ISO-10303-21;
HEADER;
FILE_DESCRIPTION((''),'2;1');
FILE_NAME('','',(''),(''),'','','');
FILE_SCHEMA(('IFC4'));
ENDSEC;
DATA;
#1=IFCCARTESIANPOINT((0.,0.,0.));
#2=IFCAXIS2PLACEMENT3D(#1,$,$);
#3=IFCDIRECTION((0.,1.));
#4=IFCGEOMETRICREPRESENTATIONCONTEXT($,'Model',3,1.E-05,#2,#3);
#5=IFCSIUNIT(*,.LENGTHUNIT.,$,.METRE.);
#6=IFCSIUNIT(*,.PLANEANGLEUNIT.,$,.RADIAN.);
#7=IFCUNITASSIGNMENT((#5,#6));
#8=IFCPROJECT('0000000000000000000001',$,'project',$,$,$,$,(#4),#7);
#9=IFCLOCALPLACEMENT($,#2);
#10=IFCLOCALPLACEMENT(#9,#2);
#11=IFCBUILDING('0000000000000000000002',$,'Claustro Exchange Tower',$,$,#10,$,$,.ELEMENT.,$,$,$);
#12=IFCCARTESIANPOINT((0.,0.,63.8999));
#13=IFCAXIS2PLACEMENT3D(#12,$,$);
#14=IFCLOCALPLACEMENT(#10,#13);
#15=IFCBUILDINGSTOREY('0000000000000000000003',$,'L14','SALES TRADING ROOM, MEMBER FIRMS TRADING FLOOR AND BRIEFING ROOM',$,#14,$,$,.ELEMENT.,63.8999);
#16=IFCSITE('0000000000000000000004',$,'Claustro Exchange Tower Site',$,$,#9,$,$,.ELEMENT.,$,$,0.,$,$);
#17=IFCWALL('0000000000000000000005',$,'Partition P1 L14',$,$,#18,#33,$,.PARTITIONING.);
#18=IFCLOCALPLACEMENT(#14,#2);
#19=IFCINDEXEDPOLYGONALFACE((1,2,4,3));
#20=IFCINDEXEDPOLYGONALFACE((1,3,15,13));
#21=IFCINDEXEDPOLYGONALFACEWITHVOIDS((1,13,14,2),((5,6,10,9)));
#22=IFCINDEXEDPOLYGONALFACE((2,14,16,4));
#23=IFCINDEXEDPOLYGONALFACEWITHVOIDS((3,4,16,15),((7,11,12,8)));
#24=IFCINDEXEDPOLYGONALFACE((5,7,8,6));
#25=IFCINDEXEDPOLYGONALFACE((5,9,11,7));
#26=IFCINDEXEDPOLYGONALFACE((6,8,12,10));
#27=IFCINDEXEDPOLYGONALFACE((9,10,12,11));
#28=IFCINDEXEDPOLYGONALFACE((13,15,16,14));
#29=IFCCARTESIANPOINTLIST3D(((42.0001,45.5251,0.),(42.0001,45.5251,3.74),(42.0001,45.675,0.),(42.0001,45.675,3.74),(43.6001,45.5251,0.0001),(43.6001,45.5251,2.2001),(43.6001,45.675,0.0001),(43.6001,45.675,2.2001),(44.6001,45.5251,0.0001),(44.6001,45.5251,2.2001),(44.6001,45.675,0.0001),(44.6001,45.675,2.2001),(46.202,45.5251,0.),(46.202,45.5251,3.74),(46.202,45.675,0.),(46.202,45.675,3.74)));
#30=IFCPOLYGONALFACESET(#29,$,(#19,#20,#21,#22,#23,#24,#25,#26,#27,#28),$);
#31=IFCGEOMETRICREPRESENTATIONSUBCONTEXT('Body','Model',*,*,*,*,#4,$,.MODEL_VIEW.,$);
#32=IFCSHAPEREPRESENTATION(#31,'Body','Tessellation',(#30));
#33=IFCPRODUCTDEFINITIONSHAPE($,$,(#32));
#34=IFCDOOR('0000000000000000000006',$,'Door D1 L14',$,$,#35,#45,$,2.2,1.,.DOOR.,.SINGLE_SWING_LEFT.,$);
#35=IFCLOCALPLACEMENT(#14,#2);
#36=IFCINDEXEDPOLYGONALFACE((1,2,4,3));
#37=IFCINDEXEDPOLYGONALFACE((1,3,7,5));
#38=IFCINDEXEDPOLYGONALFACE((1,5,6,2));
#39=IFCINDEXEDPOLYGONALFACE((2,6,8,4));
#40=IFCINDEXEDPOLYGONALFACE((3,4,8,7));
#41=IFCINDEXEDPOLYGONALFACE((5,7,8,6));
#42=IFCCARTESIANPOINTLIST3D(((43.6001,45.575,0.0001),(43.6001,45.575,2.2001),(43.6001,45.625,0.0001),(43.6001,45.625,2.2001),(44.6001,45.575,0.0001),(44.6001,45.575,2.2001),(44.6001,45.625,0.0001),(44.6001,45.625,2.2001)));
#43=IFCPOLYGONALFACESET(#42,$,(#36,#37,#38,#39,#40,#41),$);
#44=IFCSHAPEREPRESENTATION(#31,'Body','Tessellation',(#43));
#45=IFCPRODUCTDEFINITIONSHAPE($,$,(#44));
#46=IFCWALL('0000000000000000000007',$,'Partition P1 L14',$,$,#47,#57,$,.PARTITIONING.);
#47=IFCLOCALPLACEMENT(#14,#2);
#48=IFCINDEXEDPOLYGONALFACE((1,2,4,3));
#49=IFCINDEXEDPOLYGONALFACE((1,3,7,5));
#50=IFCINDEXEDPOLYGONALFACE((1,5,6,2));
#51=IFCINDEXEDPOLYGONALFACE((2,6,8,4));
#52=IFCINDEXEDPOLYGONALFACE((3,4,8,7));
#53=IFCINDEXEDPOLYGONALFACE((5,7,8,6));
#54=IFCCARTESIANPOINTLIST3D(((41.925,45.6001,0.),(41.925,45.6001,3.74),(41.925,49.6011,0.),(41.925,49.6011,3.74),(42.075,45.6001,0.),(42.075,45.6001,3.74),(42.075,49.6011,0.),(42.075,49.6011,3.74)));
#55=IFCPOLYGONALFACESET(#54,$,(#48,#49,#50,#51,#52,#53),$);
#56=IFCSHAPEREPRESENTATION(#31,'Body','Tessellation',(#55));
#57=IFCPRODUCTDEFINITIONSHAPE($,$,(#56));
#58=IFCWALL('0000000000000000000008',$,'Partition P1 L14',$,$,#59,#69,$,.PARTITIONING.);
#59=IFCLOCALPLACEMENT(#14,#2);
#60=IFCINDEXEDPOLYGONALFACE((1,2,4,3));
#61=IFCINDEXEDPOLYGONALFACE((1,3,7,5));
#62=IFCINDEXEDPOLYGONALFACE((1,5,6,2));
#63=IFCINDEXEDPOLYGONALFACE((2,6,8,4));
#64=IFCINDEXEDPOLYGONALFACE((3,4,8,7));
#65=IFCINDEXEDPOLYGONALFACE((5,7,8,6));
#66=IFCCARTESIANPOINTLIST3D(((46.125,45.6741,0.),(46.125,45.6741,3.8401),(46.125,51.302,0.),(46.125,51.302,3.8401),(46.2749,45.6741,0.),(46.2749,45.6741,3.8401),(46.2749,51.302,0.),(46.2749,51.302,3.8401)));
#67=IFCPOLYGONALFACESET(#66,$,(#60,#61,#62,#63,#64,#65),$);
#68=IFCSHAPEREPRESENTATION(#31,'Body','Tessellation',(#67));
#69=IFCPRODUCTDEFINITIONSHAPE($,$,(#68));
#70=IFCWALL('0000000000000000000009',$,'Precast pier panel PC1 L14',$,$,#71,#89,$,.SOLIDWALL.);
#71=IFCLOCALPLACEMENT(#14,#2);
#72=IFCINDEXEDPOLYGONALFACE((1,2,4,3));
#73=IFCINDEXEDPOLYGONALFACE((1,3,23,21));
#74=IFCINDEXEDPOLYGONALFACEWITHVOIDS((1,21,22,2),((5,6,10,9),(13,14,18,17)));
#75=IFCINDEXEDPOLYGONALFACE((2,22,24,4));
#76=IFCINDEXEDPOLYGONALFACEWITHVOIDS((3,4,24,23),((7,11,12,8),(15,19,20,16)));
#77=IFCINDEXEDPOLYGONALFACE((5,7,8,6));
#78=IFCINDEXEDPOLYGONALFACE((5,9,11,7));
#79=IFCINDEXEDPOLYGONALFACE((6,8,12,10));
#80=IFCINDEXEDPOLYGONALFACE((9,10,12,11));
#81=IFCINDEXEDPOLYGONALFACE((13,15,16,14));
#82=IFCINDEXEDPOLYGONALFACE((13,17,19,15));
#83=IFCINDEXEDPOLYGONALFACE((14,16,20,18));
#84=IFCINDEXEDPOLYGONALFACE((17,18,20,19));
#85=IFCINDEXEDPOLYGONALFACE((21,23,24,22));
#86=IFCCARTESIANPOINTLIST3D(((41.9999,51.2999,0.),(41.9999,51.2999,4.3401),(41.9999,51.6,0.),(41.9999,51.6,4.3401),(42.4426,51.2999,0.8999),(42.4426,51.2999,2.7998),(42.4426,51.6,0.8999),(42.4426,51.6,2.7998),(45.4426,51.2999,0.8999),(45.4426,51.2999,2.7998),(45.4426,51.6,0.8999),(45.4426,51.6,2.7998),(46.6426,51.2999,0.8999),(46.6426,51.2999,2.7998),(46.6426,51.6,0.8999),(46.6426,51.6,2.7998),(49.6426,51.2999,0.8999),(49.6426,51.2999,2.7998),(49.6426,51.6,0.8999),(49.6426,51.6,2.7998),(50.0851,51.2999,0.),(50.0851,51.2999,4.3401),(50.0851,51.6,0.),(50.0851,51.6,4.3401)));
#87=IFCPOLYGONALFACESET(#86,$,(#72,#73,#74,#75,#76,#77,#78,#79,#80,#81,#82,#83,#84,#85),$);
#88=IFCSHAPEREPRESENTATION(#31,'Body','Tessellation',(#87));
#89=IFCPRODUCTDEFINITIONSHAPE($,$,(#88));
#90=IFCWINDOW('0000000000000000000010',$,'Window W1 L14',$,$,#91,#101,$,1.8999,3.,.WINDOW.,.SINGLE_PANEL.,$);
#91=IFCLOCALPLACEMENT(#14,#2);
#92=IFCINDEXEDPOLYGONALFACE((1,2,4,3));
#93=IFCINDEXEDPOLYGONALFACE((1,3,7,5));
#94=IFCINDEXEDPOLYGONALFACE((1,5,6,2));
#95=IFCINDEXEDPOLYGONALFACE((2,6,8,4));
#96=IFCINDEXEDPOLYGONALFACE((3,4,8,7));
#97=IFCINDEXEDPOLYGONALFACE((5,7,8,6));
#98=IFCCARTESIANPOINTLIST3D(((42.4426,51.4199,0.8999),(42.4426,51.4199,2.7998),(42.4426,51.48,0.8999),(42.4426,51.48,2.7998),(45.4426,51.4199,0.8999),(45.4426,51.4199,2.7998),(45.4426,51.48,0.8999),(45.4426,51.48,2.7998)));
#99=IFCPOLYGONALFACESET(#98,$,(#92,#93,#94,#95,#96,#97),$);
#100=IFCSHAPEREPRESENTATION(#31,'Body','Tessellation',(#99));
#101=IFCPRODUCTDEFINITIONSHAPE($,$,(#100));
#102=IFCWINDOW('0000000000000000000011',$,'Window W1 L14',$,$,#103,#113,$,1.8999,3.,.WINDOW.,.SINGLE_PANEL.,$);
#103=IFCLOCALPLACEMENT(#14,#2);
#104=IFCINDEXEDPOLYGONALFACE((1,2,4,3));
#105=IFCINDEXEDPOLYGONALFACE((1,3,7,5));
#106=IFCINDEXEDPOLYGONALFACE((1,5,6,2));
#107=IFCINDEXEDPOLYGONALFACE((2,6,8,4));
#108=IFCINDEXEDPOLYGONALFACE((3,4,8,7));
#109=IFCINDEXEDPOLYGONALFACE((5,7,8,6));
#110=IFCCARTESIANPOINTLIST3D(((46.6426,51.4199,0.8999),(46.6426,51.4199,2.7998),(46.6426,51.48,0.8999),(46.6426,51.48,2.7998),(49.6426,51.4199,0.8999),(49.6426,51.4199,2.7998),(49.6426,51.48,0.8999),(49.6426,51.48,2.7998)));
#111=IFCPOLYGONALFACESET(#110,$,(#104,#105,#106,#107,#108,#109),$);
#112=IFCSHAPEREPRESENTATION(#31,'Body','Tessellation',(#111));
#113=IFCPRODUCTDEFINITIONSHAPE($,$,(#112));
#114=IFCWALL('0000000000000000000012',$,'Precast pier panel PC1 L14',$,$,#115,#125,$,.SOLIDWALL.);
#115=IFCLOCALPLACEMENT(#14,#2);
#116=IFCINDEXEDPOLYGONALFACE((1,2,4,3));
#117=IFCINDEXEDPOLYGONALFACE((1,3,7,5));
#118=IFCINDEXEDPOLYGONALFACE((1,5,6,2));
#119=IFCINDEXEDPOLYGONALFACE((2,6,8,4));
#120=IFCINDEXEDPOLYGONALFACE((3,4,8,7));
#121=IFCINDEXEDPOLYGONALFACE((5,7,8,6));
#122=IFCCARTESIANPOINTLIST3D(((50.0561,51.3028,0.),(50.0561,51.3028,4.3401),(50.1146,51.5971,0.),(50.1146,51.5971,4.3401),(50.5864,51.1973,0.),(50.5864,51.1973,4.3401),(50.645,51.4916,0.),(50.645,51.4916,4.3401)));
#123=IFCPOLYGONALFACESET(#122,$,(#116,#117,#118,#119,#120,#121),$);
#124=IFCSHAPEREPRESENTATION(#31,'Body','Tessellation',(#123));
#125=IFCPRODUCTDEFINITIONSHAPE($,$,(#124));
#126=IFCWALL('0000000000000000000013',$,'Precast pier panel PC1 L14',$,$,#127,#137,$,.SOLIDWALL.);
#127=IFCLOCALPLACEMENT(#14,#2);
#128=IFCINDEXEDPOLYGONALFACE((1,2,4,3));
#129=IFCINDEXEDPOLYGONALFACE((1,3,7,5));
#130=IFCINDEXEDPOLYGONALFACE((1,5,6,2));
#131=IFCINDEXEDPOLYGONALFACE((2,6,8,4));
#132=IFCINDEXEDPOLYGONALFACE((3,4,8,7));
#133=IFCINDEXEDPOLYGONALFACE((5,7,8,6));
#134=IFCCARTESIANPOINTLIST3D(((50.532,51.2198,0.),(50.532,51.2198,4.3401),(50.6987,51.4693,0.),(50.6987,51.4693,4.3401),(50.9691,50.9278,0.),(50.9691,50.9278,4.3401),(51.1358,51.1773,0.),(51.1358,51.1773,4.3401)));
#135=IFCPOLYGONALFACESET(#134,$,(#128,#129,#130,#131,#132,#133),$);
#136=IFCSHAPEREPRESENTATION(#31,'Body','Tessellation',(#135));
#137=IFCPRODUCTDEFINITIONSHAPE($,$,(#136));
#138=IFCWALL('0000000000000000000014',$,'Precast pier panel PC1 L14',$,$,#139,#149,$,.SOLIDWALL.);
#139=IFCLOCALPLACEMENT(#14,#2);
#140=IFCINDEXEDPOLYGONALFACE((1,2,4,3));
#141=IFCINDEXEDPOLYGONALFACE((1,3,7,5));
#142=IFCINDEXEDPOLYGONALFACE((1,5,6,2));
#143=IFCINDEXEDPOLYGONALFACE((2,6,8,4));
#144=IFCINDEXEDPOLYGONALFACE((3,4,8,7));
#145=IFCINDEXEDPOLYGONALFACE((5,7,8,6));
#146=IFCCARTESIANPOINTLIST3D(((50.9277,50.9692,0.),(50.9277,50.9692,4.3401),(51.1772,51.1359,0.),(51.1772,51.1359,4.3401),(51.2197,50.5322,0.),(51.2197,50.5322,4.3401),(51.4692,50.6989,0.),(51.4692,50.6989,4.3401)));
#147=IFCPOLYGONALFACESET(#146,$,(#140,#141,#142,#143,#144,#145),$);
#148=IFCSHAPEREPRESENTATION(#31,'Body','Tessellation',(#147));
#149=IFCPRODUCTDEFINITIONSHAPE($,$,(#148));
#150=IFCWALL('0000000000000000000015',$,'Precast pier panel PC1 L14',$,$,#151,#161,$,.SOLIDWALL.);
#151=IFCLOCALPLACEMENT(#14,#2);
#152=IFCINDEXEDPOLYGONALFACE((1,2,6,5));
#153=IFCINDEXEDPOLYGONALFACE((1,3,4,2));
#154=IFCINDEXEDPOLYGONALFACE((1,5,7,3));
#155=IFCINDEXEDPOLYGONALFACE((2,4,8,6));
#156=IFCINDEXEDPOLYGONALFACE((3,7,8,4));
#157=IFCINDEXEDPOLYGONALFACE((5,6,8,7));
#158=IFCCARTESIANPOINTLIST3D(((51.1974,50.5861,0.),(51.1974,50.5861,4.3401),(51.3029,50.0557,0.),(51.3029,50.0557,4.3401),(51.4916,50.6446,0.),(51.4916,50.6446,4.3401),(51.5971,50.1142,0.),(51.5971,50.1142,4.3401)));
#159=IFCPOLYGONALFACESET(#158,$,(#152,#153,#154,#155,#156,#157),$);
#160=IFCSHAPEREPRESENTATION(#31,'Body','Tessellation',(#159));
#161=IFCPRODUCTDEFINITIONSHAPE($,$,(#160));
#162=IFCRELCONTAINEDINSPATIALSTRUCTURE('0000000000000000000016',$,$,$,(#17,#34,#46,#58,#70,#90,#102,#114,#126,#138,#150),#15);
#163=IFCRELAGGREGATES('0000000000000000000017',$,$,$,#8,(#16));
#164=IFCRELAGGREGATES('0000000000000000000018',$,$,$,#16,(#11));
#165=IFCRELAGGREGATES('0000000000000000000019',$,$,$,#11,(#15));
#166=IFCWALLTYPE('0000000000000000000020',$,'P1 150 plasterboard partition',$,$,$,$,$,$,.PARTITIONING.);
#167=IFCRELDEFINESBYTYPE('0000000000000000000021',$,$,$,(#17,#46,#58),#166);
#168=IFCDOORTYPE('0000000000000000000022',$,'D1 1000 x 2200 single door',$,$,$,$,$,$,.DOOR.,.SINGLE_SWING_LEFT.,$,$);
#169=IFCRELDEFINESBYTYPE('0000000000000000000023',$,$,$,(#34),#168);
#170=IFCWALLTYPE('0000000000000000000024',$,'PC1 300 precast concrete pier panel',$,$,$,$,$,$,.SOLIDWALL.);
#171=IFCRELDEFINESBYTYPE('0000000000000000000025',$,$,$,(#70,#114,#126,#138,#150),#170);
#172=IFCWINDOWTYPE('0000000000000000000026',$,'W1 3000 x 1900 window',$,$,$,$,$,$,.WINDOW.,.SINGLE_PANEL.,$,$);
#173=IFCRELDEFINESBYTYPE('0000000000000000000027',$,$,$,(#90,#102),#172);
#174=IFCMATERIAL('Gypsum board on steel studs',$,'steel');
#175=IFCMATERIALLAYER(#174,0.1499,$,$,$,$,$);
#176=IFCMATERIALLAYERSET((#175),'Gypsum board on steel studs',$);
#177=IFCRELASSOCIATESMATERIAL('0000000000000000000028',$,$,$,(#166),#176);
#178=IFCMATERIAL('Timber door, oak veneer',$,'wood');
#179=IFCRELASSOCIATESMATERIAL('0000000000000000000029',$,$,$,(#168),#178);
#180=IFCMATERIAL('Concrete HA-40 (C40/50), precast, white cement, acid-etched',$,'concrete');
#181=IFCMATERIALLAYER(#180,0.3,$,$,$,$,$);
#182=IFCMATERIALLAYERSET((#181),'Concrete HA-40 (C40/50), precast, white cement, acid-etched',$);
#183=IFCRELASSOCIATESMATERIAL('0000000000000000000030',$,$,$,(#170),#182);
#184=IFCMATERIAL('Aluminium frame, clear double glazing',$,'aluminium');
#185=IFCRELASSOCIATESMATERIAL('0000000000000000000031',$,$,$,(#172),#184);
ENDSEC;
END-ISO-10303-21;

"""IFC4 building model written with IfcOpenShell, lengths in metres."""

from ifc_helpers import new_model, si_unit, direction, frame, frame_2d, origin, place, context, subcontext, project, spatial, rectangle, extrude, material, layer, layer_set, type_object, element, fill, save


model = new_model("IFC4")

# Units and contexts
model_context = context("Model", 3, precision=1e-05, world=origin(), true_north=direction((0.0, 1.0)))
body_context = subcontext(model_context, "Body", "Model", "MODEL_VIEW")
ifc_project = project(units=[si_unit("LENGTHUNIT", "METRE"), si_unit("PLANEANGLEUNIT", "RADIAN")], contexts=[model_context])

# Site, building, storey
site_placement = place(None, origin())
site = spatial("IfcSite", under=ifc_project, at=site_placement, Name="Claustro Exchange Tower Site", CompositionType="ELEMENT", RefElevation=0.0)
building_placement = place(site_placement, origin())
building = spatial("IfcBuilding", under=site, at=building_placement, Name="Claustro Exchange Tower", CompositionType="ELEMENT")
storey_placement = place(building_placement, frame((0.0, 0.0, 63.8999)))
storey = spatial("IfcBuildingStorey", under=building, at=storey_placement, Name="L14", Description="SALES TRADING ROOM, MEMBER FIRMS TRADING FLOOR AND BRIEFING ROOM", CompositionType="ELEMENT", Elevation=63.8999)

# Wall, opening, door
ifc_material_1 = material(Name="Gypsum board on steel studs", Category="steel")
ifc_layer_1 = layer(ifc_material_1, 0.1499)
ifc_layer_set_1 = layer_set([ifc_layer_1], Name="Gypsum board on steel studs")
wall_type_1 = type_object("IfcWallType", Name="P1 150 plasterboard partition", PredefinedType="PARTITIONING", material=ifc_layer_set_1)
ifc_material_2 = material(Name="Timber door, oak veneer", Category="wood")
door_type = type_object("IfcDoorType", Name="D1 1000 x 2200 single door", OperationType="SINGLE_SWING_LEFT", PredefinedType="DOOR", material=ifc_material_2)
wall_1_placement = place(storey_placement, frame((42.0, 45.6001, 0.0), z_axis=(0.0, 0.0, 1.0), x_axis=(1.0, 0.0, 0.0)))
wall_1 = element("IfcWall", 1, at=wall_1_placement, inside=storey, type_object=wall_type_1, Name="Partition P1 L14", PredefinedType="PARTITIONING", context=body_context, shape_type="SweptSolid", body=[
    extrude(rectangle(XDim=4.2019, YDim=0.1499, at=frame_2d((2.1011, 0.0))), origin(), (0.0, 0.0, 1.0), 3.74),
])
opening_1_placement = place(wall_1_placement, frame((1.6001, 0.0, 0.0)))
opening_1 = element("IfcOpeningElement", 2, at=opening_1_placement, cuts=wall_1, PredefinedType="OPENING", context=body_context, shape_type="SweptSolid", body=[
    extrude(rectangle(XDim=1.0, YDim=2.2, at=frame_2d((0.5, 1.1001))), frame((0.0, 0.085, 0.0), z_axis=(0.0, -1.0, 0.0), x_axis=(1.0, 0.0, 0.0)), (0.0, 0.0, 1.0), 0.1699),
])
door_1_placement = place(opening_1_placement, origin())
door_1 = element("IfcDoor", 3, at=door_1_placement, inside=storey, type_object=door_type, Name="Door D1 L14", OperationType="SINGLE_SWING_LEFT", OverallHeight=2.2, OverallWidth=1.0, PredefinedType="DOOR", context=body_context, shape_type="SweptSolid", body=[
    extrude(rectangle(XDim=1.0, YDim=2.2, at=frame_2d((0.5, 1.1001))), frame((0.0, 0.0249, 0.0), z_axis=(0.0, -1.0, 0.0), x_axis=(1.0, 0.0, 0.0)), (0.0, 0.0, 1.0), 0.05),
])
fill(opening_1, door_1)

# Walls
wall_2_placement = place(storey_placement, frame((42.0, 45.6001, 0.0), z_axis=(0.0, 0.0, 1.0), x_axis=(0.0, 1.0, 0.0)))
element("IfcWall", 4, at=wall_2_placement, inside=storey, type_object=wall_type_1, Name="Partition P1 L14", PredefinedType="PARTITIONING", context=body_context, shape_type="SweptSolid", body=[
    extrude(rectangle(XDim=4.001, YDim=0.1499, at=frame_2d((2.0005, 0.0))), origin(), (0.0, 0.0, 1.0), 3.74),
])
wall_3_placement = place(storey_placement, frame((46.2, 45.6741, 0.0), z_axis=(0.0, 0.0, 1.0), x_axis=(0.0, 1.0, 0.0)))
element("IfcWall", 5, at=wall_3_placement, inside=storey, type_object=wall_type_1, Name="Partition P1 L14", PredefinedType="PARTITIONING", context=body_context, shape_type="SweptSolid", body=[
    extrude(rectangle(XDim=5.6279, YDim=0.1499, at=frame_2d((2.814, 0.0))), origin(), (0.0, 0.0, 1.0), 3.8401),
])

# Wall, openings, windows
ifc_material_3 = material(Name="Concrete HA-40 (C40/50), precast, white cement, acid-etched", Category="concrete")
ifc_layer_2 = layer(ifc_material_3, 0.3)
ifc_layer_set_2 = layer_set([ifc_layer_2], Name="Concrete HA-40 (C40/50), precast, white cement, acid-etched")
wall_type_2 = type_object("IfcWallType", Name="PC1 300 precast concrete pier panel", PredefinedType="SOLIDWALL", material=ifc_layer_set_2)
wall_4_placement = place(storey_placement, frame((42.0, 51.45, 0.0), z_axis=(0.0, 0.0, 1.0), x_axis=(1.0, 0.0, 0.0)))
wall_4 = element("IfcWall", 6, at=wall_4_placement, inside=storey, type_object=wall_type_2, Name="Precast pier panel PC1 L14", PredefinedType="SOLIDWALL", context=body_context, shape_type="SweptSolid", body=[
    extrude(rectangle(XDim=8.0852, YDim=0.3, at=frame_2d((4.0425, 0.0))), origin(), (0.0, 0.0, 1.0), 4.3401),
])
opening_2_placement = place(wall_4_placement, frame((0.4426, 0.0, 0.8999)))
opening_2 = element("IfcOpeningElement", 7, at=opening_2_placement, cuts=wall_4, PredefinedType="OPENING", context=body_context, shape_type="SweptSolid", body=[
    extrude(rectangle(XDim=3.0, YDim=1.8999, at=frame_2d((1.5, 0.95))), frame((0.0, 0.1599, 0.0), z_axis=(0.0, -1.0, 0.0), x_axis=(1.0, 0.0, 0.0)), (0.0, 0.0, 1.0), 0.3201),
])
opening_3_placement = place(wall_4_placement, frame((4.6426, 0.0, 0.8999)))
opening_3 = element("IfcOpeningElement", 8, at=opening_3_placement, cuts=wall_4, PredefinedType="OPENING", context=body_context, shape_type="SweptSolid", body=[
    extrude(rectangle(XDim=3.0, YDim=1.8999, at=frame_2d((1.5, 0.95))), frame((0.0, 0.1599, 0.0), z_axis=(0.0, -1.0, 0.0), x_axis=(1.0, 0.0, 0.0)), (0.0, 0.0, 1.0), 0.3201),
])
ifc_material_4 = material(Name="Aluminium frame, clear double glazing", Category="aluminium")
window_type_1 = type_object("IfcWindowType", Name="W1 3000 x 1900 window", PartitioningType="SINGLE_PANEL", PredefinedType="WINDOW", material=ifc_material_4)
window_1_placement = place(opening_2_placement, origin())
window_1 = element("IfcWindow", 9, at=window_1_placement, inside=storey, type_object=window_type_1, Name="Window W1 L14", OverallHeight=1.8999, OverallWidth=3.0, PartitioningType="SINGLE_PANEL", PredefinedType="WINDOW", context=body_context, shape_type="SweptSolid", body=[
    extrude(rectangle(XDim=3.0, YDim=1.8999, at=frame_2d((1.5, 0.95))), frame((0.0, 0.03, 0.0), z_axis=(0.0, -1.0, 0.0), x_axis=(1.0, 0.0, 0.0)), (0.0, 0.0, 1.0), 0.0601),
])
fill(opening_2, window_1)
window_2_placement = place(opening_3_placement, origin())
window_2 = element("IfcWindow", 10, at=window_2_placement, inside=storey, type_object=window_type_1, Name="Window W1 L14", OverallHeight=1.8999, OverallWidth=3.0, PartitioningType="SINGLE_PANEL", PredefinedType="WINDOW", context=body_context, shape_type="SweptSolid", body=[
    extrude(rectangle(XDim=3.0, YDim=1.8999, at=frame_2d((1.5, 0.95))), frame((0.0, 0.03, 0.0), z_axis=(0.0, -1.0, 0.0), x_axis=(1.0, 0.0, 0.0)), (0.0, 0.0, 1.0), 0.0601),
])
fill(opening_3, window_2)

# Walls
wall_5_placement = place(storey_placement, frame((50.0852, 51.45, 0.0), z_axis=(0.0, 0.0, 1.0), x_axis=(0.980789, -0.195074, 0.0)))
element("IfcWall", 11, at=wall_5_placement, inside=storey, type_object=wall_type_2, Name="Precast pier panel PC1 L14", PredefinedType="SOLIDWALL", context=body_context, shape_type="SweptSolid", body=[
    extrude(rectangle(XDim=0.5408, YDim=0.3, at=frame_2d((0.2705, 0.0))), origin(), (0.0, 0.0, 1.0), 4.3401),
])
for number, where, z_axis, x_axis, name in (
    (12, (50.6155, 51.3445, 0.0), (0.0, 0.0, 1.0), (0.831478, -0.555557, 0.0), "Precast pier panel PC1 L14"),
    (13, (51.0525, 51.0525, 0.0), (0.0, 0.0, 1.0), (0.555557, -0.831478, 0.0), "Precast pier panel PC1 L14"),
):
    element("IfcWall", number, at=place(storey_placement, frame(where, z_axis=z_axis, x_axis=x_axis)), inside=storey, type_object=wall_type_2, Name=name, PredefinedType="SOLIDWALL", context=body_context, shape_type="SweptSolid", body=[
        extrude(rectangle(XDim=0.5256, YDim=0.3, at=frame_2d((0.2627, 0.0))), origin(), (0.0, 0.0, 1.0), 4.3401),
    ])
wall_6_placement = place(storey_placement, frame((51.3445, 50.6155, 0.0), z_axis=(0.0, 0.0, 1.0), x_axis=(0.195074, -0.980789, 0.0)))
element("IfcWall", 14, at=wall_6_placement, inside=storey, type_object=wall_type_2, Name="Precast pier panel PC1 L14", PredefinedType="SOLIDWALL", context=body_context, shape_type="SweptSolid", body=[
    extrude(rectangle(XDim=0.5408, YDim=0.3, at=frame_2d((0.2705, 0.0))), origin(), (0.0, 0.0, 1.0), 4.3401),
])

save(model, "model.ifc")
